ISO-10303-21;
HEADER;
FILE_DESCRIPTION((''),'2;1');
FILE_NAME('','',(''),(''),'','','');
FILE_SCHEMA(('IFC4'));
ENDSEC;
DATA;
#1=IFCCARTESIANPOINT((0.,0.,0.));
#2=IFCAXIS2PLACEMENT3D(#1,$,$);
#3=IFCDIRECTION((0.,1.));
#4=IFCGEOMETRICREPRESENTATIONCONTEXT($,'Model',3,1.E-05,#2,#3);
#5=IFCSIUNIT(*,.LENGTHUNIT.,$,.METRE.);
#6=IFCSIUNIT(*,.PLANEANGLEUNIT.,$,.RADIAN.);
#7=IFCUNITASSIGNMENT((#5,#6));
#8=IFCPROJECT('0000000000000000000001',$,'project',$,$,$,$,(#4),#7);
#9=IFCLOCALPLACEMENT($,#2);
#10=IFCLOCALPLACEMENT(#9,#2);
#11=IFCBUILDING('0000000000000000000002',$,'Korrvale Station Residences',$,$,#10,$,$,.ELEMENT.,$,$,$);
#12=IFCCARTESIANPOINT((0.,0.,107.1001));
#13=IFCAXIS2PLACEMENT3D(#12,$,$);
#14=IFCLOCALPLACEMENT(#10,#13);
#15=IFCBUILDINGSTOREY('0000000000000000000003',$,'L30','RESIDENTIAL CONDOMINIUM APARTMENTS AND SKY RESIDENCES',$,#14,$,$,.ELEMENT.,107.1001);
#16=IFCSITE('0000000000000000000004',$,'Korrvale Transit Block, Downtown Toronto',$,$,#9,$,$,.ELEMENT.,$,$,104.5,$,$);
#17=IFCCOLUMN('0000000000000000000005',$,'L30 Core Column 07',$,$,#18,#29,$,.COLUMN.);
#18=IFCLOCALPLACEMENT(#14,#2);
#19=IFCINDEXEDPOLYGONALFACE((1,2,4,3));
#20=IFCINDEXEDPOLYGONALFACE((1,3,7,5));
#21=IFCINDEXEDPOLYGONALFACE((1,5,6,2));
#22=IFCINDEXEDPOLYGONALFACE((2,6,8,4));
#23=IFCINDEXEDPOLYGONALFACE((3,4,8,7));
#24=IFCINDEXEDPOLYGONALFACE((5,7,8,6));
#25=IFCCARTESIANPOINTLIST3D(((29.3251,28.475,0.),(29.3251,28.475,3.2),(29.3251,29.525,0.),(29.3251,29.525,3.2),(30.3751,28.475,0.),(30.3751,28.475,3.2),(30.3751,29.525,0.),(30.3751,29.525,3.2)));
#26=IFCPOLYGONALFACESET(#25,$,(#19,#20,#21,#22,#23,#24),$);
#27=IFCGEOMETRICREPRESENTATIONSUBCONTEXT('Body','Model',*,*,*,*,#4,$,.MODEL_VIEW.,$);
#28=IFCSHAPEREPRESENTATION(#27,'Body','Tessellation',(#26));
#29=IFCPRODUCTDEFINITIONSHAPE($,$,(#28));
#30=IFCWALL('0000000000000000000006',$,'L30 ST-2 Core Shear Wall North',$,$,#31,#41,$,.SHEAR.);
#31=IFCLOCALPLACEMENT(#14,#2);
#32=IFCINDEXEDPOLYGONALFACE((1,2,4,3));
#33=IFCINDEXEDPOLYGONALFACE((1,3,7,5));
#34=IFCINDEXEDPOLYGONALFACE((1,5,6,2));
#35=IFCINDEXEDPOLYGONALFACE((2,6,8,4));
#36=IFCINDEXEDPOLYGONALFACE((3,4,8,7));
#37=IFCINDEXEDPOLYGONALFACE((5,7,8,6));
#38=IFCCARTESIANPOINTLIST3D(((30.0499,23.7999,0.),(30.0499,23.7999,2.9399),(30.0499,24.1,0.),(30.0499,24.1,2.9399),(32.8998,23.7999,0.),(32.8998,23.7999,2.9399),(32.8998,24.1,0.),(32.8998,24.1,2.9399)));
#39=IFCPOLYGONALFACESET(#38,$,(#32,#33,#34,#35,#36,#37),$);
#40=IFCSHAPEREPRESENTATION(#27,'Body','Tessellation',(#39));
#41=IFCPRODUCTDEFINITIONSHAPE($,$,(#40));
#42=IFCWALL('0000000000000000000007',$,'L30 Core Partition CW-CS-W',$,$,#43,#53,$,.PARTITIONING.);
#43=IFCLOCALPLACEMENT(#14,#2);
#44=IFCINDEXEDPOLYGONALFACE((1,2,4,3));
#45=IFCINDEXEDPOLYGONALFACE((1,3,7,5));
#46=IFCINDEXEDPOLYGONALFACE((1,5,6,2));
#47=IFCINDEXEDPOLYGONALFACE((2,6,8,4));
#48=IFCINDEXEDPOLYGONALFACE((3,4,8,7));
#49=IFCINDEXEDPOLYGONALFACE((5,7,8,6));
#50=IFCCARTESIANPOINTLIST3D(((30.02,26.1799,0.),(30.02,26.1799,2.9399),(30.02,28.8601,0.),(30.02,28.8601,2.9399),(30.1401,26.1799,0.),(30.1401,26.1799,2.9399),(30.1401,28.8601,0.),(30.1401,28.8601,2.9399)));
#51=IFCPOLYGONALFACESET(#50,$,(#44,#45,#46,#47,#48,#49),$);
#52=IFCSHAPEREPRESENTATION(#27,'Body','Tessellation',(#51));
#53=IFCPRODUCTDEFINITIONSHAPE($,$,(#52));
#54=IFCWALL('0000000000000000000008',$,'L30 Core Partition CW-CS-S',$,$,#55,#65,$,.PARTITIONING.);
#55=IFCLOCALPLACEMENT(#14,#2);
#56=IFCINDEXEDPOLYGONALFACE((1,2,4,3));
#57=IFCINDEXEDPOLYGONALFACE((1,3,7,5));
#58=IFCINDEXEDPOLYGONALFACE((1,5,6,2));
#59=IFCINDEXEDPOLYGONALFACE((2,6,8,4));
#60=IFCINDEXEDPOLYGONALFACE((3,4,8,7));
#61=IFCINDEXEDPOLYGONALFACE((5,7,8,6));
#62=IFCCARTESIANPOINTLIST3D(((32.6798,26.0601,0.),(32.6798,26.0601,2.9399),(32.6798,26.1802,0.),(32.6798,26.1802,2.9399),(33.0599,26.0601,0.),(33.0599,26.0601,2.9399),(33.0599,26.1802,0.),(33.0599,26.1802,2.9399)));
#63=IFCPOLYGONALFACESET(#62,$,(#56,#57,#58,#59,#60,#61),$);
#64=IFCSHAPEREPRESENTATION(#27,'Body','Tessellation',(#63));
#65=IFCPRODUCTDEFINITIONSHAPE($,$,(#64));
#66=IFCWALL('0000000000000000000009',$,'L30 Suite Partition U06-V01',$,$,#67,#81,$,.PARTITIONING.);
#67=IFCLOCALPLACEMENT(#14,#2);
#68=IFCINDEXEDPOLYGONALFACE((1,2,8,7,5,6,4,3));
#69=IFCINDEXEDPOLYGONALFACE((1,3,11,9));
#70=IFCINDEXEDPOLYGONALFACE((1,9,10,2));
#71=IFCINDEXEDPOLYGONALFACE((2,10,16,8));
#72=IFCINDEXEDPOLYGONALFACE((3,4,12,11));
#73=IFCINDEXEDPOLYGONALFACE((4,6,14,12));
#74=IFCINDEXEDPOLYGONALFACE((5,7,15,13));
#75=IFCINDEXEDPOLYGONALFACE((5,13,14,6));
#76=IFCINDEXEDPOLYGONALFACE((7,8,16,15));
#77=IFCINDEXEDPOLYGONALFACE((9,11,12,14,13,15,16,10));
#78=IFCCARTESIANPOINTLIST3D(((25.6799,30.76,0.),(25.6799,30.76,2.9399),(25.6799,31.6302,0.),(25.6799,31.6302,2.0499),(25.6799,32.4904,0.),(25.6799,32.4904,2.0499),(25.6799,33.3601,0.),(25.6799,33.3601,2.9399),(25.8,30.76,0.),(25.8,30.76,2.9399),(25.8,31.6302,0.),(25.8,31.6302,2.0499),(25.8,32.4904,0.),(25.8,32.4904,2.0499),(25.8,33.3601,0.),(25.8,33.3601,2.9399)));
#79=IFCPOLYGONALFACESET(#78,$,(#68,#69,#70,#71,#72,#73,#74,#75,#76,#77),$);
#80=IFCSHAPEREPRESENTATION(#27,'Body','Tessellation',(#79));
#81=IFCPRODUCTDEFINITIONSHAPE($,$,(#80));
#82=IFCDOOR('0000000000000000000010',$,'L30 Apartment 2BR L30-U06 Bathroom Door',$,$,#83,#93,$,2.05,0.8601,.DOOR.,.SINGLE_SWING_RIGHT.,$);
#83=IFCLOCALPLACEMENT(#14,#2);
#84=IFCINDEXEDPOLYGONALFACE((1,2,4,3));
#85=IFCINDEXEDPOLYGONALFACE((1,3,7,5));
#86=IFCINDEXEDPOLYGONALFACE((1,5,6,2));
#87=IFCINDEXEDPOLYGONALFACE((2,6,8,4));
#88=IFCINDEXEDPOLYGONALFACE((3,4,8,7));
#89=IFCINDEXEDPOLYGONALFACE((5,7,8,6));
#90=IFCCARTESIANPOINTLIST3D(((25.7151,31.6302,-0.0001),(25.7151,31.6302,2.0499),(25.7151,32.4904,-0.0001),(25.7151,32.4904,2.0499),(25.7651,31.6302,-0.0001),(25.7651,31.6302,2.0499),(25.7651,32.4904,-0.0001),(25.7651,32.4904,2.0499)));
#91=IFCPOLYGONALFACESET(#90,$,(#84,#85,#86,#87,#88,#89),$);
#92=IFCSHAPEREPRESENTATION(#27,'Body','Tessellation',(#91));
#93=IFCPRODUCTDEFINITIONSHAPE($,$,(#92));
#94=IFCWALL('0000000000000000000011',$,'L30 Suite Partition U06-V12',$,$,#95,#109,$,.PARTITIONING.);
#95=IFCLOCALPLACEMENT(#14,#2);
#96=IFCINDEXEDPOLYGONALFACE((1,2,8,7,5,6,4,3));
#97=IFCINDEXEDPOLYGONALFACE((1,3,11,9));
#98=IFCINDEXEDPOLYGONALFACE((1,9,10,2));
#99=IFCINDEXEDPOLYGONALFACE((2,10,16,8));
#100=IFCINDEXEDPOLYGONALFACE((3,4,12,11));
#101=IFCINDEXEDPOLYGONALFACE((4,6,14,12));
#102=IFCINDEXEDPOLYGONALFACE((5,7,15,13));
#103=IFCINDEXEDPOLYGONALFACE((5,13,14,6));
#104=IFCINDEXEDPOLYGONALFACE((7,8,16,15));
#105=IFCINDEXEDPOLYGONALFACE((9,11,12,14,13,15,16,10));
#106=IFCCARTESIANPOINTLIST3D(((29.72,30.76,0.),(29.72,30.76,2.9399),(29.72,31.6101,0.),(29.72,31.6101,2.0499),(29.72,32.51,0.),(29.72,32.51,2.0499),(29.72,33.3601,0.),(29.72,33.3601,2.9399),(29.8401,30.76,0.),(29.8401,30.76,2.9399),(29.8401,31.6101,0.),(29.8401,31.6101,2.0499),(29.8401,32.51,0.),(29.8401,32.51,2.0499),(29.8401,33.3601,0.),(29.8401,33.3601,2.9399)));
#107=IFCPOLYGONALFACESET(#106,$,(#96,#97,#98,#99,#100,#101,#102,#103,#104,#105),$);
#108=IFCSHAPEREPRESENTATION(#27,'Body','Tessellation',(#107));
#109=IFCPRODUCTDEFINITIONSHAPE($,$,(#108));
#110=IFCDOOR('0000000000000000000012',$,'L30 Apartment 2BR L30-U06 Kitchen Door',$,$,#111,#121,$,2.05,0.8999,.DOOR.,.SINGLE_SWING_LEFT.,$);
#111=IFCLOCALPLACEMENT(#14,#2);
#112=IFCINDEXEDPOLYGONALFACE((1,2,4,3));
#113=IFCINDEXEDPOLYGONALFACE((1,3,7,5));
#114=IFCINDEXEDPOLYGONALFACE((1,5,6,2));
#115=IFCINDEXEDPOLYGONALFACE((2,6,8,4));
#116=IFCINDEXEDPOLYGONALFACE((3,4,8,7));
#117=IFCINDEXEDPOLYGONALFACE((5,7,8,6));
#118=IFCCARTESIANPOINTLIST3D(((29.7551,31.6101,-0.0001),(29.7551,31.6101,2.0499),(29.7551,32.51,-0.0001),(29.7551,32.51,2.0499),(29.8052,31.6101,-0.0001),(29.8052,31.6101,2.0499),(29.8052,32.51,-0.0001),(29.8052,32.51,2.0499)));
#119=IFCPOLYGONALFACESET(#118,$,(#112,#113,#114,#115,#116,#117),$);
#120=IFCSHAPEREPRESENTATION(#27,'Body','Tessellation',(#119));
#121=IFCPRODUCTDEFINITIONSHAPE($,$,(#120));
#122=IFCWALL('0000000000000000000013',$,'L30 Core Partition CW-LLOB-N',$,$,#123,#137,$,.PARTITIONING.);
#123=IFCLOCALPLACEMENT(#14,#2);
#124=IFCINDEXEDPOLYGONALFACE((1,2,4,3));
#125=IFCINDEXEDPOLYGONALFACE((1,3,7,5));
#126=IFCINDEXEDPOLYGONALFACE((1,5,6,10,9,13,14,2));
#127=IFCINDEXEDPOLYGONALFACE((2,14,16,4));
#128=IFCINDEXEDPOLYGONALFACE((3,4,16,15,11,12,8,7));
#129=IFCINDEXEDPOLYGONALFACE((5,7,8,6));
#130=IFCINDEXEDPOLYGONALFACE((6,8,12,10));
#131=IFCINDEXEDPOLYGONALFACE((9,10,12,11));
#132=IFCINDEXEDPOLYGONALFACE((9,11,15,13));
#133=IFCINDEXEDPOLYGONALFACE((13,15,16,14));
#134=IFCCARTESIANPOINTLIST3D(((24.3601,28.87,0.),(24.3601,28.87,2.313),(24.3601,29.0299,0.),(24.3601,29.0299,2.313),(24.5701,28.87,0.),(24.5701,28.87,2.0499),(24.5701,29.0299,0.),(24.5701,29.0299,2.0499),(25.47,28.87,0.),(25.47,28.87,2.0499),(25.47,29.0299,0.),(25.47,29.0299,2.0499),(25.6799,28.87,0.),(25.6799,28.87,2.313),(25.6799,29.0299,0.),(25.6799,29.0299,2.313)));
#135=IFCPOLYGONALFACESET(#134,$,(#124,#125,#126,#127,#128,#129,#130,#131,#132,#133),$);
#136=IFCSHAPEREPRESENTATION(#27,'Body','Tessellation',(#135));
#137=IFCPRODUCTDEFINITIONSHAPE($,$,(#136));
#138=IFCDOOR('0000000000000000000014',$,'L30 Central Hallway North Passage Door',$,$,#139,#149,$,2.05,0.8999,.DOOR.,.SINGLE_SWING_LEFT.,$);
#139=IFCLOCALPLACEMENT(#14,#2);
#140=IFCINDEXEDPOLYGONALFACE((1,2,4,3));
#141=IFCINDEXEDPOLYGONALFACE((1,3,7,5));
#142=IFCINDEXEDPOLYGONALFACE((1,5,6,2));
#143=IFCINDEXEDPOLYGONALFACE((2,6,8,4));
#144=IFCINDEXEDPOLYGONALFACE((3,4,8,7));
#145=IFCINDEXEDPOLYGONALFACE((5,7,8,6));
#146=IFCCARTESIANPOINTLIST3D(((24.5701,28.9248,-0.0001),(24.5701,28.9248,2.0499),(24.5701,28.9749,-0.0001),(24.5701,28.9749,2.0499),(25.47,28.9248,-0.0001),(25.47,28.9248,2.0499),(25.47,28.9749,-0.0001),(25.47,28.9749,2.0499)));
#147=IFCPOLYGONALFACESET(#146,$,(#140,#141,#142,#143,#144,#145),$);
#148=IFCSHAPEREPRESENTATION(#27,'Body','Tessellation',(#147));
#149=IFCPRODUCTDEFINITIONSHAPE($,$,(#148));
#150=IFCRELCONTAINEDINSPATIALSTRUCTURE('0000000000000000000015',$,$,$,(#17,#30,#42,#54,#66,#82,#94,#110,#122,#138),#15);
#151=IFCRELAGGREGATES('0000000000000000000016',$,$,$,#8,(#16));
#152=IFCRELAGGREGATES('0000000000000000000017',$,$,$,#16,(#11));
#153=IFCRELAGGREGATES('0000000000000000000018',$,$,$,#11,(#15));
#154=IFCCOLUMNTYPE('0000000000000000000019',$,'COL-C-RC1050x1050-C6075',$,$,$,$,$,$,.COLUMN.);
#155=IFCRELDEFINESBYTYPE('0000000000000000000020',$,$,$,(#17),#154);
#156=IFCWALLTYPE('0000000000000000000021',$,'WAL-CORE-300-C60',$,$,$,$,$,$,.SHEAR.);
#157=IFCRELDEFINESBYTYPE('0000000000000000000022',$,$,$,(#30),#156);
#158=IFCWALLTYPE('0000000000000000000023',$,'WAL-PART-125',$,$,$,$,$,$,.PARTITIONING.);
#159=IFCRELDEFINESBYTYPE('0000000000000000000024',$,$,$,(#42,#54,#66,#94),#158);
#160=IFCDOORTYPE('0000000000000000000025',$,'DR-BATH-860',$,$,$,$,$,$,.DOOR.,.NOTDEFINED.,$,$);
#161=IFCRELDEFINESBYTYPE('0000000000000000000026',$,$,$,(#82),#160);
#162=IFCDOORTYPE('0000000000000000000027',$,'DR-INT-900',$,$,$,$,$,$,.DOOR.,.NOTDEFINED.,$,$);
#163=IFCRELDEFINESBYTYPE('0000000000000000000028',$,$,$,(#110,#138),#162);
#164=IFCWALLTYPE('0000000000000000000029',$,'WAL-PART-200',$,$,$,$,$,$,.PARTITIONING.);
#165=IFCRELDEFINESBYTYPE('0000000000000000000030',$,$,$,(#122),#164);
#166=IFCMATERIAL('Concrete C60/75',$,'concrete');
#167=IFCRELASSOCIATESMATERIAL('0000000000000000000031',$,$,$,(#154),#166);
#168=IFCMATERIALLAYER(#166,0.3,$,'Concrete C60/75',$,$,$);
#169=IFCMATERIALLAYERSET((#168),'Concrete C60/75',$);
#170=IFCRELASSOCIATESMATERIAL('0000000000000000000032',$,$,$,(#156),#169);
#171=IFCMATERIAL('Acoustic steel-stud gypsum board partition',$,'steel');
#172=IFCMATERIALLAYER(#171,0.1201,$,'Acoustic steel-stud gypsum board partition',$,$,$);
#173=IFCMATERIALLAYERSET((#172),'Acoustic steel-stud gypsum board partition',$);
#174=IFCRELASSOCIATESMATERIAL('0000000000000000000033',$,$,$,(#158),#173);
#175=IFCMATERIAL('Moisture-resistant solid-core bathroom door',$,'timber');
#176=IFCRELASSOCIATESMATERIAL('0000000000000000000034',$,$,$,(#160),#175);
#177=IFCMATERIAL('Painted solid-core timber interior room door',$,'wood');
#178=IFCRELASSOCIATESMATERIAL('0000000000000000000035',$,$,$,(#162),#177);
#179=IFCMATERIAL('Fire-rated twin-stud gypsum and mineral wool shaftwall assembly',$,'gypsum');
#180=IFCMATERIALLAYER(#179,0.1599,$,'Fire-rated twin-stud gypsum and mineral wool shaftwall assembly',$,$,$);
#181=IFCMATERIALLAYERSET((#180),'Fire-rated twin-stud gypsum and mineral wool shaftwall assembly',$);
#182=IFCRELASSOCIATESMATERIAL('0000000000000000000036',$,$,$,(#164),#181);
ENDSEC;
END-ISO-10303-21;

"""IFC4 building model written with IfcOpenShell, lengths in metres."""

from ifc_helpers import new_model, si_unit, direction, frame, frame_2d, origin, origin_2d, place, context, subcontext, project, spatial, rectangle, extrude, material, layer, layer_set, material_profile, profile_set, type_object, element, fill, save


model = new_model("IFC4")

# Units and contexts
model_context = context("Model", 3, precision=1e-05, world=origin(), true_north=direction((0.0, 1.0)))
body_context = subcontext(model_context, "Body", "Model", "MODEL_VIEW")
ifc_project = project(units=[si_unit("LENGTHUNIT", "METRE"), si_unit("PLANEANGLEUNIT", "RADIAN")], contexts=[model_context])

# Site, building, storey
site_placement = place(None, origin())
site = spatial("IfcSite", under=ifc_project, at=site_placement, Name="Korrvale Transit Block, Downtown Toronto", CompositionType="ELEMENT", RefElevation=104.5)
building_placement = place(site_placement, origin())
building = spatial("IfcBuilding", under=site, at=building_placement, Name="Korrvale Station Residences", CompositionType="ELEMENT")
storey_placement = place(building_placement, frame((0.0, 0.0, 107.1001)))
storey = spatial("IfcBuildingStorey", under=building, at=storey_placement, Name="L30", Description="RESIDENTIAL CONDOMINIUM APARTMENTS AND SKY RESIDENCES", CompositionType="ELEMENT", Elevation=107.1001)

# Column
ifc_material_1 = material(Name="Concrete C60/75", Category="concrete")
ifc_material_profile = material_profile(ifc_material_1, rectangle(XDim=1.05, YDim=1.05, at=origin_2d()), Name="RC1050x1050")
ifc_profile_set = profile_set([ifc_material_profile], Name="Concrete C60/75")
column_type = type_object("IfcColumnType", Name="COL-C-RC1050x1050-C6075", PredefinedType="COLUMN", material=ifc_profile_set)
column_placement = place(storey_placement, frame((29.8501, 29.0, 0.0), z_axis=(0.0, 0.0, 1.0), x_axis=(1.0, 0.0, 0.0)))
element("IfcColumn", 1, at=column_placement, inside=storey, type_object=column_type, Name="L30 Core Column 07", PredefinedType="COLUMN", context=body_context, shape_type="SweptSolid", body=[
    extrude(rectangle(XDim=1.05, YDim=1.05, at=origin_2d()), origin(), (0.0, 0.0, 1.0), 3.2),
])

# Walls
ifc_layer_1 = layer(ifc_material_1, 0.3, Name="Concrete C60/75")
ifc_layer_set_1 = layer_set([ifc_layer_1], Name="Concrete C60/75")
wall_type_1 = type_object("IfcWallType", Name="WAL-CORE-300-C60", PredefinedType="SHEAR", material=ifc_layer_set_1)
wall_1_placement = place(storey_placement, frame((30.05, 23.95, 0.0), z_axis=(0.0, 0.0, 1.0), x_axis=(1.0, 0.0, 0.0)))
element("IfcWall", 2, at=wall_1_placement, inside=storey, type_object=wall_type_1, Name="L30 ST-2 Core Shear Wall North", PredefinedType="SHEAR", context=body_context, shape_type="SweptSolid", body=[
    extrude(rectangle(XDim=2.8499, YDim=0.3, at=frame_2d((1.4248, 0.0))), origin(), (0.0, 0.0, 1.0), 2.9399),
])
ifc_material_2 = material(Name="Acoustic steel-stud gypsum board partition", Category="steel")
ifc_layer_2 = layer(ifc_material_2, 0.1201, Name="Acoustic steel-stud gypsum board partition")
ifc_layer_set_2 = layer_set([ifc_layer_2], Name="Acoustic steel-stud gypsum board partition")
wall_type_2 = type_object("IfcWallType", Name="WAL-PART-125", PredefinedType="PARTITIONING", material=ifc_layer_set_2)
wall_2_placement = place(storey_placement, frame((30.0801, 26.1799, 0.0), z_axis=(0.0, 0.0, 1.0), x_axis=(0.0, 1.0, 0.0)))
element("IfcWall", 3, at=wall_2_placement, inside=storey, type_object=wall_type_2, Name="L30 Core Partition CW-CS-W", PredefinedType="PARTITIONING", context=body_context, shape_type="SweptSolid", body=[
    extrude(rectangle(XDim=2.6802, YDim=0.1201, at=frame_2d((1.3401, 0.0))), origin(), (0.0, 0.0, 1.0), 2.9399),
])
wall_3_placement = place(storey_placement, frame((32.6799, 26.1201, 0.0), z_axis=(0.0, 0.0, 1.0), x_axis=(1.0, 0.0, 0.0)))
element("IfcWall", 4, at=wall_3_placement, inside=storey, type_object=wall_type_2, Name="L30 Core Partition CW-CS-S", PredefinedType="PARTITIONING", context=body_context, shape_type="SweptSolid", body=[
    extrude(rectangle(XDim=0.3801, YDim=0.1201, at=frame_2d((0.1899, 0.0))), origin(), (0.0, 0.0, 1.0), 2.9399),
])

# Walls, openings, doors
wall_4_placement = place(storey_placement, frame((25.74, 30.76, 0.0), z_axis=(0.0, 0.0, 1.0), x_axis=(0.0, 1.0, 0.0)))
wall_4 = element("IfcWall", 5, at=wall_4_placement, inside=storey, type_object=wall_type_2, Name="L30 Suite Partition U06-V01", PredefinedType="PARTITIONING", context=body_context, shape_type="SweptSolid", body=[
    extrude(rectangle(XDim=2.6001, YDim=0.1201, at=frame_2d((1.3, 0.0))), origin(), (0.0, 0.0, 1.0), 2.9399),
])
opening_1_placement = place(wall_4_placement, frame((0.8701, 0.0, 0.0)))
opening_1 = element("IfcOpeningElement", 6, at=opening_1_placement, cuts=wall_4, PredefinedType="OPENING", context=body_context, shape_type="SweptSolid", body=[
    extrude(rectangle(XDim=0.8601, YDim=2.05, at=frame_2d((0.4302, 1.0249))), frame((0.0, 0.0701, 0.0), z_axis=(0.0, -1.0, 0.0), x_axis=(1.0, 0.0, 0.0)), (0.0, 0.0, 1.0), 0.1401),
])
ifc_material_3 = material(Name="Moisture-resistant solid-core bathroom door", Category="timber")
door_type_1 = type_object("IfcDoorType", Name="DR-BATH-860", OperationType="NOTDEFINED", PredefinedType="DOOR", material=ifc_material_3)
door_1_placement = place(opening_1_placement, origin())
door_1 = element("IfcDoor", 7, at=door_1_placement, inside=storey, type_object=door_type_1, Name="L30 Apartment 2BR L30-U06 Bathroom Door", OperationType="SINGLE_SWING_RIGHT", OverallHeight=2.05, OverallWidth=0.8601, PredefinedType="DOOR", context=body_context, shape_type="SweptSolid", body=[
    extrude(rectangle(XDim=0.8601, YDim=2.05, at=frame_2d((0.4302, 1.0249))), frame((0.0, 0.0249, 0.0), z_axis=(0.0, -1.0, 0.0), x_axis=(1.0, 0.0, 0.0)), (0.0, 0.0, 1.0), 0.05),
])
fill(opening_1, door_1)
wall_5_placement = place(storey_placement, frame((29.78, 30.76, 0.0), z_axis=(0.0, 0.0, 1.0), x_axis=(0.0, 1.0, 0.0)))
wall_5 = element("IfcWall", 8, at=wall_5_placement, inside=storey, type_object=wall_type_2, Name="L30 Suite Partition U06-V12", PredefinedType="PARTITIONING", context=body_context, shape_type="SweptSolid", body=[
    extrude(rectangle(XDim=2.6001, YDim=0.1201, at=frame_2d((1.3, 0.0))), origin(), (0.0, 0.0, 1.0), 2.9399),
])
opening_2_placement = place(wall_5_placement, frame((0.8501, 0.0, 0.0)))
opening_2 = element("IfcOpeningElement", 9, at=opening_2_placement, cuts=wall_5, PredefinedType="OPENING", context=body_context, shape_type="SweptSolid", body=[
    extrude(rectangle(XDim=0.8999, YDim=2.05, at=frame_2d((0.45, 1.0249))), frame((0.0, 0.0701, 0.0), z_axis=(0.0, -1.0, 0.0), x_axis=(1.0, 0.0, 0.0)), (0.0, 0.0, 1.0), 0.1401),
])
ifc_material_4 = material(Name="Painted solid-core timber interior room door", Category="wood")
door_type_2 = type_object("IfcDoorType", Name="DR-INT-900", OperationType="NOTDEFINED", PredefinedType="DOOR", material=ifc_material_4)
door_2_placement = place(opening_2_placement, origin())
door_2 = element("IfcDoor", 10, at=door_2_placement, inside=storey, type_object=door_type_2, Name="L30 Apartment 2BR L30-U06 Kitchen Door", OperationType="SINGLE_SWING_LEFT", OverallHeight=2.05, OverallWidth=0.8999, PredefinedType="DOOR", context=body_context, shape_type="SweptSolid", body=[
    extrude(rectangle(XDim=0.8999, YDim=2.05, at=frame_2d((0.45, 1.0249))), frame((0.0, 0.0249, 0.0), z_axis=(0.0, -1.0, 0.0), x_axis=(1.0, 0.0, 0.0)), (0.0, 0.0, 1.0), 0.05),
])
fill(opening_2, door_2)
ifc_material_5 = material(Name="Fire-rated twin-stud gypsum and mineral wool shaftwall assembly", Category="gypsum")
ifc_layer_3 = layer(ifc_material_5, 0.1599, Name="Fire-rated twin-stud gypsum and mineral wool shaftwall assembly")
ifc_layer_set_3 = layer_set([ifc_layer_3], Name="Fire-rated twin-stud gypsum and mineral wool shaftwall assembly")
wall_type_3 = type_object("IfcWallType", Name="WAL-PART-200", PredefinedType="PARTITIONING", material=ifc_layer_set_3)
wall_6_placement = place(storey_placement, frame((24.3601, 28.95, 0.0), z_axis=(0.0, 0.0, 1.0), x_axis=(1.0, 0.0, 0.0)))
wall_6 = element("IfcWall", 11, at=wall_6_placement, inside=storey, type_object=wall_type_3, Name="L30 Core Partition CW-LLOB-N", PredefinedType="PARTITIONING", context=body_context, shape_type="SweptSolid", body=[
    extrude(rectangle(XDim=1.3198, YDim=0.1599, at=frame_2d((0.6599, 0.0))), origin(), (0.0, 0.0, 1.0), 2.313),
])
opening_3_placement = place(wall_6_placement, frame((0.21, 0.0, 0.0)))
opening_3 = element("IfcOpeningElement", 12, at=opening_3_placement, cuts=wall_6, PredefinedType="OPENING", context=body_context, shape_type="SweptSolid", body=[
    extrude(rectangle(XDim=0.8999, YDim=2.05, at=frame_2d((0.45, 1.0249))), frame((0.0, 0.0898, 0.0), z_axis=(0.0, -1.0, 0.0), x_axis=(1.0, 0.0, 0.0)), (0.0, 0.0, 1.0), 0.1799),
])
door_3_placement = place(opening_3_placement, origin())
door_3 = element("IfcDoor", 13, at=door_3_placement, inside=storey, type_object=door_type_2, Name="L30 Central Hallway North Passage Door", OperationType="SINGLE_SWING_LEFT", OverallHeight=2.05, OverallWidth=0.8999, PredefinedType="DOOR", context=body_context, shape_type="SweptSolid", body=[
    extrude(rectangle(XDim=0.8999, YDim=2.05, at=frame_2d((0.45, 1.0249))), frame((0.0, 0.0249, 0.0), z_axis=(0.0, -1.0, 0.0), x_axis=(1.0, 0.0, 0.0)), (0.0, 0.0, 1.0), 0.05),
])
fill(opening_3, door_3)

save(model, "model.ifc")
